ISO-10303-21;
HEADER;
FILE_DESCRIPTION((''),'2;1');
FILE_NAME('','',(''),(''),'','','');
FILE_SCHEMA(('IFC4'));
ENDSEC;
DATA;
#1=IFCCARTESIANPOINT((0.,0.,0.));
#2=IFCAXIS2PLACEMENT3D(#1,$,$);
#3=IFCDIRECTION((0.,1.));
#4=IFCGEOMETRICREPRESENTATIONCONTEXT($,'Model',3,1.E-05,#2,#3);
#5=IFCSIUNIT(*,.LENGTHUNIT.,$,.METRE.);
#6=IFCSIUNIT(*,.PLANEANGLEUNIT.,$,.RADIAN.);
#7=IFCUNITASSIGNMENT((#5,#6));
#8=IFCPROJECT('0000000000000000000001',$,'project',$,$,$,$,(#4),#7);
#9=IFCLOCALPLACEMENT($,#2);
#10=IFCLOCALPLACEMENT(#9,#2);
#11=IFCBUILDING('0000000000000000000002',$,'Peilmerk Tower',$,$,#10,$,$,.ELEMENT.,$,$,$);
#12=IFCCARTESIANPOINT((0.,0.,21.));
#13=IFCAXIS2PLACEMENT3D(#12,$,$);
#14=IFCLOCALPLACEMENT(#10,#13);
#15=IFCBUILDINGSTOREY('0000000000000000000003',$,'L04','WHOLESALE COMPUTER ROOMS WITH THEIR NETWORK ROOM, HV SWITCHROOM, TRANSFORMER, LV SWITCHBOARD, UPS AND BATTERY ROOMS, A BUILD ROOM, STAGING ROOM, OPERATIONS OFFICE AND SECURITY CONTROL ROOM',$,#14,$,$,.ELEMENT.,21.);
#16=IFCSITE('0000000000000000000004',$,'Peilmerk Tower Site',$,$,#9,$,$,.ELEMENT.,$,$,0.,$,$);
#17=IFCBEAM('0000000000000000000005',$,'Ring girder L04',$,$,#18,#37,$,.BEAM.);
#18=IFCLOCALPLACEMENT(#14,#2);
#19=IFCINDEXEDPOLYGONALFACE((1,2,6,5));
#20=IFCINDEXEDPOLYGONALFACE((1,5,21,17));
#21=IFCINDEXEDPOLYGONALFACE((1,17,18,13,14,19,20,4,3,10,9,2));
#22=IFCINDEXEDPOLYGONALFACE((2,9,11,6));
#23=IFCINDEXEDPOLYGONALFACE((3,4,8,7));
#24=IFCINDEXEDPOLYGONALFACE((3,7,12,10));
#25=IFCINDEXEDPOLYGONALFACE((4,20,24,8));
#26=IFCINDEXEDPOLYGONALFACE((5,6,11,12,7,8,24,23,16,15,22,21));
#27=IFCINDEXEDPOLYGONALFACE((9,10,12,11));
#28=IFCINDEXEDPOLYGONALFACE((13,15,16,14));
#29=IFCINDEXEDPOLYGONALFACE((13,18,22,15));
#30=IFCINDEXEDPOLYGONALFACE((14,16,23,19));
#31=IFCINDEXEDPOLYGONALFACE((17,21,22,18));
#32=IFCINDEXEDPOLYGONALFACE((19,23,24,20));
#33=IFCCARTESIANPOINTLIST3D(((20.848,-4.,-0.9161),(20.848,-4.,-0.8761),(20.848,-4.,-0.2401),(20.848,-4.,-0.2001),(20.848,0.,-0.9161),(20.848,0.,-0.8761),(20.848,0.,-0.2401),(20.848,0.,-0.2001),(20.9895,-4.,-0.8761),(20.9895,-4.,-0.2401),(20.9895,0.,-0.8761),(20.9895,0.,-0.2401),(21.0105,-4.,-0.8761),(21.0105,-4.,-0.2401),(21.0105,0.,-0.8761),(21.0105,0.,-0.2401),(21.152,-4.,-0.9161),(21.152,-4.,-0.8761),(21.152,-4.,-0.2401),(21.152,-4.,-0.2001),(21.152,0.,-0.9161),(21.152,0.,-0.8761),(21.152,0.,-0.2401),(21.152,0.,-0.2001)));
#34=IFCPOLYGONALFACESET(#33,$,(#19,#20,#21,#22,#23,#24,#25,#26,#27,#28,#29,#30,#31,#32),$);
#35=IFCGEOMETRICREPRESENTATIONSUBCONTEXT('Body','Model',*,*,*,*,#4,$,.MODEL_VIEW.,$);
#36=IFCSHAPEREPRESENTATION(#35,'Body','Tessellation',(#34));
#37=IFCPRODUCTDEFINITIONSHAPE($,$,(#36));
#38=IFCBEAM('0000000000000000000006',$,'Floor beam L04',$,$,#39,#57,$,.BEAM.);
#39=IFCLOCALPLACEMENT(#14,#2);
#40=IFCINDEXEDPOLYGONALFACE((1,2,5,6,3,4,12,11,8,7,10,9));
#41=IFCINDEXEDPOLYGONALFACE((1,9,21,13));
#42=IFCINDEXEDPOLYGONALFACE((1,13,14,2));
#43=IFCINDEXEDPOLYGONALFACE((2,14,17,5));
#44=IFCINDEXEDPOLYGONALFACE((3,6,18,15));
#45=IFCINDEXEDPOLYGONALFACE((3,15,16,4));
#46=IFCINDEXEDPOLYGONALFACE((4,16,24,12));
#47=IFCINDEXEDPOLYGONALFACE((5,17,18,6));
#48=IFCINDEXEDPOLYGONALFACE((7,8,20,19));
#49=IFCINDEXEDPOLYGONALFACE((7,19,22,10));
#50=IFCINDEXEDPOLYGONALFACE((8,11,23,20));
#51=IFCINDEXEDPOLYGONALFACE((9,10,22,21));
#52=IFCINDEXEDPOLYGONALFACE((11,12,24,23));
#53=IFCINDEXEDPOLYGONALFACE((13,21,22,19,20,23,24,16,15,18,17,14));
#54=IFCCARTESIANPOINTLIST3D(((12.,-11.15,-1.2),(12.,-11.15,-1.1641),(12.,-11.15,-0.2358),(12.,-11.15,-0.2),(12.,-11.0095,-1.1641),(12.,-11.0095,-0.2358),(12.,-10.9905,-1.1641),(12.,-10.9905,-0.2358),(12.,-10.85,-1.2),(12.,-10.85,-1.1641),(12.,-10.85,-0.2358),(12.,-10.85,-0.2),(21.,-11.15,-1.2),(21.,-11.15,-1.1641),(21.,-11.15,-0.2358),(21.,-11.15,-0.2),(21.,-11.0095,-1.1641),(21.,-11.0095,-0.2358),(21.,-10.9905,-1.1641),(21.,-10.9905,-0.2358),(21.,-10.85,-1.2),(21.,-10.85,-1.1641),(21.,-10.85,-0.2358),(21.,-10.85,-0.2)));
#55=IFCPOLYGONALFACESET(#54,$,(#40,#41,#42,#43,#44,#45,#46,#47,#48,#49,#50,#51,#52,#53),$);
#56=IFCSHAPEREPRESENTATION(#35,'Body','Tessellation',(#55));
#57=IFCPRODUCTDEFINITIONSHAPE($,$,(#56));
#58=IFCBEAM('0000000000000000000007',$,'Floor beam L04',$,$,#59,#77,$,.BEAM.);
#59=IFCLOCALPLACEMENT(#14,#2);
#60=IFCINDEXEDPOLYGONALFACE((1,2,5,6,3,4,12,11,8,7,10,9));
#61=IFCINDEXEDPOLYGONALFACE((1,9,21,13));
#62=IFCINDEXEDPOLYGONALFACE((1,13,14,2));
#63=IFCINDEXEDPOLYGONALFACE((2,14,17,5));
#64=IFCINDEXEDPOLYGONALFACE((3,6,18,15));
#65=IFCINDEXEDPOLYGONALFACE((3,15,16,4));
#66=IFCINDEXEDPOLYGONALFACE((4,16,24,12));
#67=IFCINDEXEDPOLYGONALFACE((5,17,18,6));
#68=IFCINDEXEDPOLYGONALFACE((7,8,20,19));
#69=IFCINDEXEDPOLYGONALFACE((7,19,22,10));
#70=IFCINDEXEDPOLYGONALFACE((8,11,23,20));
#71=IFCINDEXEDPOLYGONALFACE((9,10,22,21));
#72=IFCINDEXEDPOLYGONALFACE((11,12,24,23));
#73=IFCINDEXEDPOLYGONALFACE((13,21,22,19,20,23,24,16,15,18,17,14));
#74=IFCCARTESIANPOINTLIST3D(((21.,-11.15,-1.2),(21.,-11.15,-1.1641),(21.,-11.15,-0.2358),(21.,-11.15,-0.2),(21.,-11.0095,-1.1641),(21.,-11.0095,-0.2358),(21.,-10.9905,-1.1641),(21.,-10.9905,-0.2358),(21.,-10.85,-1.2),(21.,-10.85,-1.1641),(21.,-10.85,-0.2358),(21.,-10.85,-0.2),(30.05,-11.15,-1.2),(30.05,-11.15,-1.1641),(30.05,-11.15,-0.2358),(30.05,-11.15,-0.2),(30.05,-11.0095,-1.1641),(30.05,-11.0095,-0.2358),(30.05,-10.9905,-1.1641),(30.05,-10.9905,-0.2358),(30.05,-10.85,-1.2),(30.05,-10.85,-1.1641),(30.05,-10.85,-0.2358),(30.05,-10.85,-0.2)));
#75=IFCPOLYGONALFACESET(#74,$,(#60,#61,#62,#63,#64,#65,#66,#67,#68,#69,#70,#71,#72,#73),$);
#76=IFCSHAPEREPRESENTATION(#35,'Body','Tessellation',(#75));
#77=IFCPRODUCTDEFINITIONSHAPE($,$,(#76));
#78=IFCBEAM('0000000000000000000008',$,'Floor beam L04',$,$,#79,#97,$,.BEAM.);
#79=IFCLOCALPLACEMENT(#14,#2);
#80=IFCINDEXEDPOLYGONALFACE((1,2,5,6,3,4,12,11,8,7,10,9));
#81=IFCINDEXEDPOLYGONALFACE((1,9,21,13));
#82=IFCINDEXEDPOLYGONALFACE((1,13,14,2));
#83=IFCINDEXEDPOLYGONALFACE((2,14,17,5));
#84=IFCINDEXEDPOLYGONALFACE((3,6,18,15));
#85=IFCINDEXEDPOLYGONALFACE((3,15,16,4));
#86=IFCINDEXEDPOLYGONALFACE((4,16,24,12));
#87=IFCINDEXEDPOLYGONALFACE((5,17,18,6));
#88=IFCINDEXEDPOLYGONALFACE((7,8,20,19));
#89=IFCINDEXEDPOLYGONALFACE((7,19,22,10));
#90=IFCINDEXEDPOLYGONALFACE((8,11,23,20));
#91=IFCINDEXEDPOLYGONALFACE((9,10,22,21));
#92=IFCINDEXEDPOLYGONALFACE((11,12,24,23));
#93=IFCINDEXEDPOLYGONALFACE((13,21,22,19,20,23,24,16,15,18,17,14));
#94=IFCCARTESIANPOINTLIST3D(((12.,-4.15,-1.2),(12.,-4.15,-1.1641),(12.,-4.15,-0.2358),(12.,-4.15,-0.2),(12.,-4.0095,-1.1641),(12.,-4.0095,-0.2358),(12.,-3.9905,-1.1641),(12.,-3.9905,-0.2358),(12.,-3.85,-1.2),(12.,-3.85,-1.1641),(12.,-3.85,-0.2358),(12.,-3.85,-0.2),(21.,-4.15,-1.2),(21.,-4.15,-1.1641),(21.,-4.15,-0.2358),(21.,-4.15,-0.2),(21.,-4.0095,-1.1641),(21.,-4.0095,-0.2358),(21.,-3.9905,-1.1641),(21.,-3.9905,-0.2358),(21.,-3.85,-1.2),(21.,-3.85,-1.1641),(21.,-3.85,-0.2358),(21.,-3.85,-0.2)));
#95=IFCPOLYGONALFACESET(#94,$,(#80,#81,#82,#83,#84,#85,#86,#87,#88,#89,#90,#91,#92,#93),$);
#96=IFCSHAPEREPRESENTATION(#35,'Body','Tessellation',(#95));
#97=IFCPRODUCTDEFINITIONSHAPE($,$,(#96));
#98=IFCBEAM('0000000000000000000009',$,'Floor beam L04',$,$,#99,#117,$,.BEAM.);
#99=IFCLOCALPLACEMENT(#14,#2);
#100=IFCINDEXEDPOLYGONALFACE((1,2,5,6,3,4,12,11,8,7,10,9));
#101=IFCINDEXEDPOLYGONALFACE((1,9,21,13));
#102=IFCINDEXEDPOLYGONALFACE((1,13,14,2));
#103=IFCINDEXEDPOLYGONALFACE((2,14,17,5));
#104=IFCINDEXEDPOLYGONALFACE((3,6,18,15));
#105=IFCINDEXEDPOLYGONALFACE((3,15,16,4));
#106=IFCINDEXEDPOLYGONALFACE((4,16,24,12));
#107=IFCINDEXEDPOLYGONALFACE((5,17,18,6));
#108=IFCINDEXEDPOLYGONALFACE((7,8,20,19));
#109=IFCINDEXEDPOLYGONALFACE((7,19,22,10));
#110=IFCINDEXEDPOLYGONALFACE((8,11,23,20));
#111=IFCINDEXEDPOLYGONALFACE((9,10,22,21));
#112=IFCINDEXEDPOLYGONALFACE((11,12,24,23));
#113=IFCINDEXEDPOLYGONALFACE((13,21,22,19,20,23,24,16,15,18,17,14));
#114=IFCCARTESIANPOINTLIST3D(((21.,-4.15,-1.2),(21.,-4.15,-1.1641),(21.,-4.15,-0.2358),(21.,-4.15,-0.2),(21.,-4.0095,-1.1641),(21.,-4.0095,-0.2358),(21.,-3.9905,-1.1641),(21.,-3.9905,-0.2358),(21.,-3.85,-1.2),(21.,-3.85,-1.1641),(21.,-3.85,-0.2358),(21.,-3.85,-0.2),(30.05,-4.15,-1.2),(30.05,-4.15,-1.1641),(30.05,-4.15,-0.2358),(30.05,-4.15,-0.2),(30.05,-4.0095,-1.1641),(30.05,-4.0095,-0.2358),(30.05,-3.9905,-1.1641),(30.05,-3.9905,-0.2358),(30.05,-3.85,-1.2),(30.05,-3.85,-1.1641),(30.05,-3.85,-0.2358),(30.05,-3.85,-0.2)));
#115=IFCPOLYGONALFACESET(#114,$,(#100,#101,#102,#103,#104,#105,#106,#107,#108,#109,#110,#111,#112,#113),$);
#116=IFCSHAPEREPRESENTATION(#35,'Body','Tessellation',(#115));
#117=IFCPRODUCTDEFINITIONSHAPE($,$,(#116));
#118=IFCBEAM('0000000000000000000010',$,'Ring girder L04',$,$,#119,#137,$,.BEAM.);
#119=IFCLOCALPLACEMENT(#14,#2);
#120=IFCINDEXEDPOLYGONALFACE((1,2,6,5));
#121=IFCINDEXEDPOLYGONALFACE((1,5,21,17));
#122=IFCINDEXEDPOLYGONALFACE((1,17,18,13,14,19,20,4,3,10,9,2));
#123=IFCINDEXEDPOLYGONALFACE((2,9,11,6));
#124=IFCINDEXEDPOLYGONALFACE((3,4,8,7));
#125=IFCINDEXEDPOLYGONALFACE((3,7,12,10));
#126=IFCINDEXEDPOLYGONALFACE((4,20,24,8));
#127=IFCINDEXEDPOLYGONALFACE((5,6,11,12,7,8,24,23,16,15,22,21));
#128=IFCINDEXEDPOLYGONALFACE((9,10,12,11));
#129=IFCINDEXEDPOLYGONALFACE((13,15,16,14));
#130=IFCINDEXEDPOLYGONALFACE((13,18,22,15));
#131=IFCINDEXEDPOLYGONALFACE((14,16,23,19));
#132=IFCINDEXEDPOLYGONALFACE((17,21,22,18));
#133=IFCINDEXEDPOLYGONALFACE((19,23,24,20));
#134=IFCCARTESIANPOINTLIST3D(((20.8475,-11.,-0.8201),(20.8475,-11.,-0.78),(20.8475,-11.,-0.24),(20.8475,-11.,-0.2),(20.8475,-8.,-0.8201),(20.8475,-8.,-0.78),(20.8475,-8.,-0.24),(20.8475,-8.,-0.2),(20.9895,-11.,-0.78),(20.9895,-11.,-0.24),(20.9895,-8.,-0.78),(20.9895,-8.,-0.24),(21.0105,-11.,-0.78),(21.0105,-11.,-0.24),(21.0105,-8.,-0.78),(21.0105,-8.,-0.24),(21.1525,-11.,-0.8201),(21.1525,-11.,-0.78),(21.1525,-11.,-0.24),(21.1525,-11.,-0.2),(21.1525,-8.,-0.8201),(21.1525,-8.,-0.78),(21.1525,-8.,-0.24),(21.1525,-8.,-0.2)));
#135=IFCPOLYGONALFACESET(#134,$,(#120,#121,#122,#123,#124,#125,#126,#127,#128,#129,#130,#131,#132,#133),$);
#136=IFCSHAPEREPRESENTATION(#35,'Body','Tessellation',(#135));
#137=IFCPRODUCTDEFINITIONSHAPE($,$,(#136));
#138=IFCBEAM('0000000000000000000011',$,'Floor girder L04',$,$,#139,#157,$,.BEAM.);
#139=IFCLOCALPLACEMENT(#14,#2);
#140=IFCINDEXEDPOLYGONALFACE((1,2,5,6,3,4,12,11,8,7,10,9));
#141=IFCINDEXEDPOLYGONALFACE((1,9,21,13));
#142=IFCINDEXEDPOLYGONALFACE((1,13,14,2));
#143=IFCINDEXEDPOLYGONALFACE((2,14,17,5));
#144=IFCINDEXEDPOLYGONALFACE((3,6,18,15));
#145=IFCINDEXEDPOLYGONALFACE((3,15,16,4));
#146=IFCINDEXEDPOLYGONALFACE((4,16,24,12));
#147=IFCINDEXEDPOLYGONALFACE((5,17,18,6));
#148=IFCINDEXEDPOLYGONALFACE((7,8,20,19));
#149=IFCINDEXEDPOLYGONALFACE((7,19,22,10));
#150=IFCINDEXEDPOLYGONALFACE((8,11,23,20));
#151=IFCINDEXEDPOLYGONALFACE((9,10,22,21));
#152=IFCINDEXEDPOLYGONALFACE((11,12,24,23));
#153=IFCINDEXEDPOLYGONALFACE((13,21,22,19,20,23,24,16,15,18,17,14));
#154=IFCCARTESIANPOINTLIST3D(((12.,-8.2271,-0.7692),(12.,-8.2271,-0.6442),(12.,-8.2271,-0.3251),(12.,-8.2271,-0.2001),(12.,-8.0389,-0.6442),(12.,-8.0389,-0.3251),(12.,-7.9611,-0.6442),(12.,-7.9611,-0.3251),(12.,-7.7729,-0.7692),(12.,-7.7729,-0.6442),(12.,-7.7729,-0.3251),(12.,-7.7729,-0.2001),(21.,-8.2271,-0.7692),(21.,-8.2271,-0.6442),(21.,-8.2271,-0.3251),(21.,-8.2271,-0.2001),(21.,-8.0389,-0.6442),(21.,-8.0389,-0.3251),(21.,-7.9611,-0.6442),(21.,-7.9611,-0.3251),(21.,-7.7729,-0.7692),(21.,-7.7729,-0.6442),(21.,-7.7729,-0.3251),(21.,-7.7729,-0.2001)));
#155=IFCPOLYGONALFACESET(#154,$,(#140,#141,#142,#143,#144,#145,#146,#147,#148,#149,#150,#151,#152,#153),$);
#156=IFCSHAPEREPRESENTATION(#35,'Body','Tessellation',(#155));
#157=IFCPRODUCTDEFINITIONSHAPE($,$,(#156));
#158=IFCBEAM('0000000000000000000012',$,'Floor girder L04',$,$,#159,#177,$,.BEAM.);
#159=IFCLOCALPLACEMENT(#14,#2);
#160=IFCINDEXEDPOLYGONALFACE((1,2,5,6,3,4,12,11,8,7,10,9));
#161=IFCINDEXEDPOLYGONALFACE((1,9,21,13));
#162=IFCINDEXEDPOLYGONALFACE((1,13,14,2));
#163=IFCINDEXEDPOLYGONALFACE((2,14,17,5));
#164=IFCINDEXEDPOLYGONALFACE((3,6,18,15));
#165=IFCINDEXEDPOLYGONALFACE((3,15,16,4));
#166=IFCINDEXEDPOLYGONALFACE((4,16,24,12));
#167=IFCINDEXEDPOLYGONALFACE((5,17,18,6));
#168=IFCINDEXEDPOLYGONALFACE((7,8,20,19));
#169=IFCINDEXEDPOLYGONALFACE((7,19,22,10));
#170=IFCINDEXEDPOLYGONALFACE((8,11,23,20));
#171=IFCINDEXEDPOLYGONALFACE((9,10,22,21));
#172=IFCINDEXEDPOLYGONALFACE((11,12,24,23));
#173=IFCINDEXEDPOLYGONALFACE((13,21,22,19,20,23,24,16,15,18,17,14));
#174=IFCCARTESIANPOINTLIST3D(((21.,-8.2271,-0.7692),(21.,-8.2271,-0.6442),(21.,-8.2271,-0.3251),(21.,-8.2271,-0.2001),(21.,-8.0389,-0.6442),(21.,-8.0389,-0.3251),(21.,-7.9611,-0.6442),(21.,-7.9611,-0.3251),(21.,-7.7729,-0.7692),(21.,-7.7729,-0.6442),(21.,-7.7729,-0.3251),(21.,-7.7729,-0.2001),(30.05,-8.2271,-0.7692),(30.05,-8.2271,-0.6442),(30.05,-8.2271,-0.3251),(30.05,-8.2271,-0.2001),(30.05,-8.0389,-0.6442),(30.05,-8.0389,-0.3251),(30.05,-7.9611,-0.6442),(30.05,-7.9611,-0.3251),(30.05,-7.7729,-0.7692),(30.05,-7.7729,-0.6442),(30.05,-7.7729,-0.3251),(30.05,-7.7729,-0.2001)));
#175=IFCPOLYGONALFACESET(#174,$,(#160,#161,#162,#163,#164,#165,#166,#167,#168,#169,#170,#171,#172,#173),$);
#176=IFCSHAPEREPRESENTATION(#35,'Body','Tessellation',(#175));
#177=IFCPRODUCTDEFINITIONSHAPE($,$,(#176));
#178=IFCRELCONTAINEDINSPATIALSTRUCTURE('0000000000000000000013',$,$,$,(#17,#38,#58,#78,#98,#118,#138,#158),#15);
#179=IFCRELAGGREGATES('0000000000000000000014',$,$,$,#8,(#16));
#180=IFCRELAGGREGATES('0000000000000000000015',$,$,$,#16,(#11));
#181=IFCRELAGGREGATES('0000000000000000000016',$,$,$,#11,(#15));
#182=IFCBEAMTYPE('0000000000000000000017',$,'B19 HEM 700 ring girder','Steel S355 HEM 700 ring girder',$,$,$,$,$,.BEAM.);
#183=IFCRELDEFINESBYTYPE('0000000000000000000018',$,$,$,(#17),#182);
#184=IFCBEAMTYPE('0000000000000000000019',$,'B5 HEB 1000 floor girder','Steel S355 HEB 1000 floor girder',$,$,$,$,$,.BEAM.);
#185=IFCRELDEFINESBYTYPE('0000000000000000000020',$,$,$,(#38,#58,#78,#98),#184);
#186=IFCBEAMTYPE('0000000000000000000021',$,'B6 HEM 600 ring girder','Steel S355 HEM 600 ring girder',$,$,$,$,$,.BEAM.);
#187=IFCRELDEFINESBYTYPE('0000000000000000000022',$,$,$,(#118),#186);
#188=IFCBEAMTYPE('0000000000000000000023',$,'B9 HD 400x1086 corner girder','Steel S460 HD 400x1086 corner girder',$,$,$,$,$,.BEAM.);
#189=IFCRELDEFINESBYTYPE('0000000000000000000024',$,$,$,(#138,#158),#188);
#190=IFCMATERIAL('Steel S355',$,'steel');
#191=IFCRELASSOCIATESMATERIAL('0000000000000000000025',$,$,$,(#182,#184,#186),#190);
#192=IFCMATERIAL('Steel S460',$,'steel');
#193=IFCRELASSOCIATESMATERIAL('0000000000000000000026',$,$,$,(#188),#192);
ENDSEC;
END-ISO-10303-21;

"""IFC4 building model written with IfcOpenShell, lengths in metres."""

from ifc_helpers import new_model, si_unit, direction, frame, origin, origin_2d, place, context, subcontext, project, spatial, i_section, extrude, material, material_profile, profile_set, type_object, element, save


model = new_model("IFC4")

# Units and contexts
model_context = context("Model", 3, precision=1e-05, world=origin(), true_north=direction((0.0, 1.0)))
body_context = subcontext(model_context, "Body", "Model", "MODEL_VIEW")
ifc_project = project(units=[si_unit("LENGTHUNIT", "METRE"), si_unit("PLANEANGLEUNIT", "RADIAN")], contexts=[model_context])

# Site, building, storey
site_placement = place(None, origin())
site = spatial("IfcSite", under=ifc_project, at=site_placement, Name="Peilmerk Tower Site", CompositionType="ELEMENT", RefElevation=0.0)
building_placement = place(site_placement, origin())
building = spatial("IfcBuilding", under=site, at=building_placement, Name="Peilmerk Tower", CompositionType="ELEMENT")
storey_placement = place(building_placement, frame((0.0, 0.0, 21.0)))
storey = spatial("IfcBuildingStorey", under=building, at=storey_placement, Name="L04", Description="WHOLESALE COMPUTER ROOMS WITH THEIR NETWORK ROOM, HV SWITCHROOM, TRANSFORMER, LV SWITCHBOARD, UPS AND BATTERY ROOMS, A BUILD ROOM, STAGING ROOM, OPERATIONS OFFICE AND SECURITY CONTROL ROOM", CompositionType="ELEMENT", Elevation=21.0)

# Beams
ifc_material_1 = material(Name="Steel S355", Category="steel")
ifc_material_profile_1 = material_profile(ifc_material_1, i_section(OverallWidth=0.304, OverallDepth=0.7161, WebThickness=0.021, FlangeThickness=0.04, at=origin_2d()), Name="HEM 700")
ifc_profile_set_1 = profile_set([ifc_material_profile_1], Name="Steel S355")
beam_type_1 = type_object("IfcBeamType", Name="B19 HEM 700 ring girder", Description="Steel S355 HEM 700 ring girder", PredefinedType="BEAM", material=ifc_profile_set_1)
for number, where, z_axis, x_axis, name in (
    (1, (21.0, -4.0, -0.5581), (0.0, 1.0, 0.0), (-1.0, 0.0, 0.0), "Ring girder L04"),
):
    element("IfcBeam", number, at=place(storey_placement, frame(where, z_axis=z_axis, x_axis=x_axis)), inside=storey, type_object=beam_type_1, Name=name, PredefinedType="BEAM", context=body_context, shape_type="SweptSolid", body=[
        extrude(i_section(OverallWidth=0.304, OverallDepth=0.7161, WebThickness=0.021, FlangeThickness=0.04, at=origin_2d()), origin(), (0.0, 0.0, 1.0), 4.0),
    ])
ifc_material_profile_2 = material_profile(ifc_material_1, i_section(OverallWidth=0.3, OverallDepth=1.0, WebThickness=0.019, FlangeThickness=0.0359, at=origin_2d()), Name="HEB 1000")
ifc_profile_set_2 = profile_set([ifc_material_profile_2], Name="Steel S355")
beam_type_2 = type_object("IfcBeamType", Name="B5 HEB 1000 floor girder", Description="Steel S355 HEB 1000 floor girder", PredefinedType="BEAM", material=ifc_profile_set_2)
beam_1_placement = place(storey_placement, frame((12.0, -11.0, -0.7), z_axis=(1.0, 0.0, 0.0), x_axis=(0.0, 1.0, 0.0)))
element("IfcBeam", 2, at=beam_1_placement, inside=storey, type_object=beam_type_2, Name="Floor beam L04", PredefinedType="BEAM", context=body_context, shape_type="SweptSolid", body=[
    extrude(i_section(OverallWidth=0.3, OverallDepth=1.0, WebThickness=0.019, FlangeThickness=0.0359, at=origin_2d()), origin(), (0.0, 0.0, 1.0), 9.0),
])
beam_2_placement = place(storey_placement, frame((21.0, -11.0, -0.7), z_axis=(1.0, 0.0, 0.0), x_axis=(0.0, 1.0, 0.0)))
element("IfcBeam", 3, at=beam_2_placement, inside=storey, type_object=beam_type_2, Name="Floor beam L04", PredefinedType="BEAM", context=body_context, shape_type="SweptSolid", body=[
    extrude(i_section(OverallWidth=0.3, OverallDepth=1.0, WebThickness=0.019, FlangeThickness=0.0359, at=origin_2d()), origin(), (0.0, 0.0, 1.0), 9.05),
])
beam_3_placement = place(storey_placement, frame((12.0, -4.0, -0.7), z_axis=(1.0, 0.0, 0.0), x_axis=(0.0, 1.0, 0.0)))
element("IfcBeam", 4, at=beam_3_placement, inside=storey, type_object=beam_type_2, Name="Floor beam L04", PredefinedType="BEAM", context=body_context, shape_type="SweptSolid", body=[
    extrude(i_section(OverallWidth=0.3, OverallDepth=1.0, WebThickness=0.019, FlangeThickness=0.0359, at=origin_2d()), origin(), (0.0, 0.0, 1.0), 9.0),
])
beam_4_placement = place(storey_placement, frame((21.0, -4.0, -0.7), z_axis=(1.0, 0.0, 0.0), x_axis=(0.0, 1.0, 0.0)))
element("IfcBeam", 5, at=beam_4_placement, inside=storey, type_object=beam_type_2, Name="Floor beam L04", PredefinedType="BEAM", context=body_context, shape_type="SweptSolid", body=[
    extrude(i_section(OverallWidth=0.3, OverallDepth=1.0, WebThickness=0.019, FlangeThickness=0.0359, at=origin_2d()), origin(), (0.0, 0.0, 1.0), 9.05),
])
ifc_material_profile_3 = material_profile(ifc_material_1, i_section(OverallWidth=0.3049, OverallDepth=0.6201, WebThickness=0.021, FlangeThickness=0.04, at=origin_2d()), Name="HEM 600")
ifc_profile_set_3 = profile_set([ifc_material_profile_3], Name="Steel S355")
beam_type_3 = type_object("IfcBeamType", Name="B6 HEM 600 ring girder", Description="Steel S355 HEM 600 ring girder", PredefinedType="BEAM", material=ifc_profile_set_3)
beam_5_placement = place(storey_placement, frame((21.0, -11.0, -0.51), z_axis=(0.0, 1.0, 0.0), x_axis=(-1.0, 0.0, 0.0)))
element("IfcBeam", 6, at=beam_5_placement, inside=storey, type_object=beam_type_3, Name="Ring girder L04", PredefinedType="BEAM", context=body_context, shape_type="SweptSolid", body=[
    extrude(i_section(OverallWidth=0.3049, OverallDepth=0.6201, WebThickness=0.021, FlangeThickness=0.04, at=origin_2d()), origin(), (0.0, 0.0, 1.0), 3.0),
])
ifc_material_2 = material(Name="Steel S460", Category="steel")
ifc_material_profile_4 = material_profile(ifc_material_2, i_section(OverallWidth=0.4541, OverallDepth=0.5691, WebThickness=0.0779, FlangeThickness=0.125, at=origin_2d()), Name="HD 400x1086")
ifc_profile_set_4 = profile_set([ifc_material_profile_4], Name="Steel S460")
beam_type_4 = type_object("IfcBeamType", Name="B9 HD 400x1086 corner girder", Description="Steel S460 HD 400x1086 corner girder", PredefinedType="BEAM", material=ifc_profile_set_4)
beam_6_placement = place(storey_placement, frame((12.0, -8.0, -0.4846), z_axis=(1.0, 0.0, 0.0), x_axis=(0.0, 1.0, 0.0)))
element("IfcBeam", 7, at=beam_6_placement, inside=storey, type_object=beam_type_4, Name="Floor girder L04", PredefinedType="BEAM", context=body_context, shape_type="SweptSolid", body=[
    extrude(i_section(OverallWidth=0.4541, OverallDepth=0.5691, WebThickness=0.0779, FlangeThickness=0.125, at=origin_2d()), origin(), (0.0, 0.0, 1.0), 9.0),
])
beam_7_placement = place(storey_placement, frame((21.0, -8.0, -0.4846), z_axis=(1.0, 0.0, 0.0), x_axis=(0.0, 1.0, 0.0)))
element("IfcBeam", 8, at=beam_7_placement, inside=storey, type_object=beam_type_4, Name="Floor girder L04", PredefinedType="BEAM", context=body_context, shape_type="SweptSolid", body=[
    extrude(i_section(OverallWidth=0.4541, OverallDepth=0.5691, WebThickness=0.0779, FlangeThickness=0.125, at=origin_2d()), origin(), (0.0, 0.0, 1.0), 9.05),
])

save(model, "model.ifc")
